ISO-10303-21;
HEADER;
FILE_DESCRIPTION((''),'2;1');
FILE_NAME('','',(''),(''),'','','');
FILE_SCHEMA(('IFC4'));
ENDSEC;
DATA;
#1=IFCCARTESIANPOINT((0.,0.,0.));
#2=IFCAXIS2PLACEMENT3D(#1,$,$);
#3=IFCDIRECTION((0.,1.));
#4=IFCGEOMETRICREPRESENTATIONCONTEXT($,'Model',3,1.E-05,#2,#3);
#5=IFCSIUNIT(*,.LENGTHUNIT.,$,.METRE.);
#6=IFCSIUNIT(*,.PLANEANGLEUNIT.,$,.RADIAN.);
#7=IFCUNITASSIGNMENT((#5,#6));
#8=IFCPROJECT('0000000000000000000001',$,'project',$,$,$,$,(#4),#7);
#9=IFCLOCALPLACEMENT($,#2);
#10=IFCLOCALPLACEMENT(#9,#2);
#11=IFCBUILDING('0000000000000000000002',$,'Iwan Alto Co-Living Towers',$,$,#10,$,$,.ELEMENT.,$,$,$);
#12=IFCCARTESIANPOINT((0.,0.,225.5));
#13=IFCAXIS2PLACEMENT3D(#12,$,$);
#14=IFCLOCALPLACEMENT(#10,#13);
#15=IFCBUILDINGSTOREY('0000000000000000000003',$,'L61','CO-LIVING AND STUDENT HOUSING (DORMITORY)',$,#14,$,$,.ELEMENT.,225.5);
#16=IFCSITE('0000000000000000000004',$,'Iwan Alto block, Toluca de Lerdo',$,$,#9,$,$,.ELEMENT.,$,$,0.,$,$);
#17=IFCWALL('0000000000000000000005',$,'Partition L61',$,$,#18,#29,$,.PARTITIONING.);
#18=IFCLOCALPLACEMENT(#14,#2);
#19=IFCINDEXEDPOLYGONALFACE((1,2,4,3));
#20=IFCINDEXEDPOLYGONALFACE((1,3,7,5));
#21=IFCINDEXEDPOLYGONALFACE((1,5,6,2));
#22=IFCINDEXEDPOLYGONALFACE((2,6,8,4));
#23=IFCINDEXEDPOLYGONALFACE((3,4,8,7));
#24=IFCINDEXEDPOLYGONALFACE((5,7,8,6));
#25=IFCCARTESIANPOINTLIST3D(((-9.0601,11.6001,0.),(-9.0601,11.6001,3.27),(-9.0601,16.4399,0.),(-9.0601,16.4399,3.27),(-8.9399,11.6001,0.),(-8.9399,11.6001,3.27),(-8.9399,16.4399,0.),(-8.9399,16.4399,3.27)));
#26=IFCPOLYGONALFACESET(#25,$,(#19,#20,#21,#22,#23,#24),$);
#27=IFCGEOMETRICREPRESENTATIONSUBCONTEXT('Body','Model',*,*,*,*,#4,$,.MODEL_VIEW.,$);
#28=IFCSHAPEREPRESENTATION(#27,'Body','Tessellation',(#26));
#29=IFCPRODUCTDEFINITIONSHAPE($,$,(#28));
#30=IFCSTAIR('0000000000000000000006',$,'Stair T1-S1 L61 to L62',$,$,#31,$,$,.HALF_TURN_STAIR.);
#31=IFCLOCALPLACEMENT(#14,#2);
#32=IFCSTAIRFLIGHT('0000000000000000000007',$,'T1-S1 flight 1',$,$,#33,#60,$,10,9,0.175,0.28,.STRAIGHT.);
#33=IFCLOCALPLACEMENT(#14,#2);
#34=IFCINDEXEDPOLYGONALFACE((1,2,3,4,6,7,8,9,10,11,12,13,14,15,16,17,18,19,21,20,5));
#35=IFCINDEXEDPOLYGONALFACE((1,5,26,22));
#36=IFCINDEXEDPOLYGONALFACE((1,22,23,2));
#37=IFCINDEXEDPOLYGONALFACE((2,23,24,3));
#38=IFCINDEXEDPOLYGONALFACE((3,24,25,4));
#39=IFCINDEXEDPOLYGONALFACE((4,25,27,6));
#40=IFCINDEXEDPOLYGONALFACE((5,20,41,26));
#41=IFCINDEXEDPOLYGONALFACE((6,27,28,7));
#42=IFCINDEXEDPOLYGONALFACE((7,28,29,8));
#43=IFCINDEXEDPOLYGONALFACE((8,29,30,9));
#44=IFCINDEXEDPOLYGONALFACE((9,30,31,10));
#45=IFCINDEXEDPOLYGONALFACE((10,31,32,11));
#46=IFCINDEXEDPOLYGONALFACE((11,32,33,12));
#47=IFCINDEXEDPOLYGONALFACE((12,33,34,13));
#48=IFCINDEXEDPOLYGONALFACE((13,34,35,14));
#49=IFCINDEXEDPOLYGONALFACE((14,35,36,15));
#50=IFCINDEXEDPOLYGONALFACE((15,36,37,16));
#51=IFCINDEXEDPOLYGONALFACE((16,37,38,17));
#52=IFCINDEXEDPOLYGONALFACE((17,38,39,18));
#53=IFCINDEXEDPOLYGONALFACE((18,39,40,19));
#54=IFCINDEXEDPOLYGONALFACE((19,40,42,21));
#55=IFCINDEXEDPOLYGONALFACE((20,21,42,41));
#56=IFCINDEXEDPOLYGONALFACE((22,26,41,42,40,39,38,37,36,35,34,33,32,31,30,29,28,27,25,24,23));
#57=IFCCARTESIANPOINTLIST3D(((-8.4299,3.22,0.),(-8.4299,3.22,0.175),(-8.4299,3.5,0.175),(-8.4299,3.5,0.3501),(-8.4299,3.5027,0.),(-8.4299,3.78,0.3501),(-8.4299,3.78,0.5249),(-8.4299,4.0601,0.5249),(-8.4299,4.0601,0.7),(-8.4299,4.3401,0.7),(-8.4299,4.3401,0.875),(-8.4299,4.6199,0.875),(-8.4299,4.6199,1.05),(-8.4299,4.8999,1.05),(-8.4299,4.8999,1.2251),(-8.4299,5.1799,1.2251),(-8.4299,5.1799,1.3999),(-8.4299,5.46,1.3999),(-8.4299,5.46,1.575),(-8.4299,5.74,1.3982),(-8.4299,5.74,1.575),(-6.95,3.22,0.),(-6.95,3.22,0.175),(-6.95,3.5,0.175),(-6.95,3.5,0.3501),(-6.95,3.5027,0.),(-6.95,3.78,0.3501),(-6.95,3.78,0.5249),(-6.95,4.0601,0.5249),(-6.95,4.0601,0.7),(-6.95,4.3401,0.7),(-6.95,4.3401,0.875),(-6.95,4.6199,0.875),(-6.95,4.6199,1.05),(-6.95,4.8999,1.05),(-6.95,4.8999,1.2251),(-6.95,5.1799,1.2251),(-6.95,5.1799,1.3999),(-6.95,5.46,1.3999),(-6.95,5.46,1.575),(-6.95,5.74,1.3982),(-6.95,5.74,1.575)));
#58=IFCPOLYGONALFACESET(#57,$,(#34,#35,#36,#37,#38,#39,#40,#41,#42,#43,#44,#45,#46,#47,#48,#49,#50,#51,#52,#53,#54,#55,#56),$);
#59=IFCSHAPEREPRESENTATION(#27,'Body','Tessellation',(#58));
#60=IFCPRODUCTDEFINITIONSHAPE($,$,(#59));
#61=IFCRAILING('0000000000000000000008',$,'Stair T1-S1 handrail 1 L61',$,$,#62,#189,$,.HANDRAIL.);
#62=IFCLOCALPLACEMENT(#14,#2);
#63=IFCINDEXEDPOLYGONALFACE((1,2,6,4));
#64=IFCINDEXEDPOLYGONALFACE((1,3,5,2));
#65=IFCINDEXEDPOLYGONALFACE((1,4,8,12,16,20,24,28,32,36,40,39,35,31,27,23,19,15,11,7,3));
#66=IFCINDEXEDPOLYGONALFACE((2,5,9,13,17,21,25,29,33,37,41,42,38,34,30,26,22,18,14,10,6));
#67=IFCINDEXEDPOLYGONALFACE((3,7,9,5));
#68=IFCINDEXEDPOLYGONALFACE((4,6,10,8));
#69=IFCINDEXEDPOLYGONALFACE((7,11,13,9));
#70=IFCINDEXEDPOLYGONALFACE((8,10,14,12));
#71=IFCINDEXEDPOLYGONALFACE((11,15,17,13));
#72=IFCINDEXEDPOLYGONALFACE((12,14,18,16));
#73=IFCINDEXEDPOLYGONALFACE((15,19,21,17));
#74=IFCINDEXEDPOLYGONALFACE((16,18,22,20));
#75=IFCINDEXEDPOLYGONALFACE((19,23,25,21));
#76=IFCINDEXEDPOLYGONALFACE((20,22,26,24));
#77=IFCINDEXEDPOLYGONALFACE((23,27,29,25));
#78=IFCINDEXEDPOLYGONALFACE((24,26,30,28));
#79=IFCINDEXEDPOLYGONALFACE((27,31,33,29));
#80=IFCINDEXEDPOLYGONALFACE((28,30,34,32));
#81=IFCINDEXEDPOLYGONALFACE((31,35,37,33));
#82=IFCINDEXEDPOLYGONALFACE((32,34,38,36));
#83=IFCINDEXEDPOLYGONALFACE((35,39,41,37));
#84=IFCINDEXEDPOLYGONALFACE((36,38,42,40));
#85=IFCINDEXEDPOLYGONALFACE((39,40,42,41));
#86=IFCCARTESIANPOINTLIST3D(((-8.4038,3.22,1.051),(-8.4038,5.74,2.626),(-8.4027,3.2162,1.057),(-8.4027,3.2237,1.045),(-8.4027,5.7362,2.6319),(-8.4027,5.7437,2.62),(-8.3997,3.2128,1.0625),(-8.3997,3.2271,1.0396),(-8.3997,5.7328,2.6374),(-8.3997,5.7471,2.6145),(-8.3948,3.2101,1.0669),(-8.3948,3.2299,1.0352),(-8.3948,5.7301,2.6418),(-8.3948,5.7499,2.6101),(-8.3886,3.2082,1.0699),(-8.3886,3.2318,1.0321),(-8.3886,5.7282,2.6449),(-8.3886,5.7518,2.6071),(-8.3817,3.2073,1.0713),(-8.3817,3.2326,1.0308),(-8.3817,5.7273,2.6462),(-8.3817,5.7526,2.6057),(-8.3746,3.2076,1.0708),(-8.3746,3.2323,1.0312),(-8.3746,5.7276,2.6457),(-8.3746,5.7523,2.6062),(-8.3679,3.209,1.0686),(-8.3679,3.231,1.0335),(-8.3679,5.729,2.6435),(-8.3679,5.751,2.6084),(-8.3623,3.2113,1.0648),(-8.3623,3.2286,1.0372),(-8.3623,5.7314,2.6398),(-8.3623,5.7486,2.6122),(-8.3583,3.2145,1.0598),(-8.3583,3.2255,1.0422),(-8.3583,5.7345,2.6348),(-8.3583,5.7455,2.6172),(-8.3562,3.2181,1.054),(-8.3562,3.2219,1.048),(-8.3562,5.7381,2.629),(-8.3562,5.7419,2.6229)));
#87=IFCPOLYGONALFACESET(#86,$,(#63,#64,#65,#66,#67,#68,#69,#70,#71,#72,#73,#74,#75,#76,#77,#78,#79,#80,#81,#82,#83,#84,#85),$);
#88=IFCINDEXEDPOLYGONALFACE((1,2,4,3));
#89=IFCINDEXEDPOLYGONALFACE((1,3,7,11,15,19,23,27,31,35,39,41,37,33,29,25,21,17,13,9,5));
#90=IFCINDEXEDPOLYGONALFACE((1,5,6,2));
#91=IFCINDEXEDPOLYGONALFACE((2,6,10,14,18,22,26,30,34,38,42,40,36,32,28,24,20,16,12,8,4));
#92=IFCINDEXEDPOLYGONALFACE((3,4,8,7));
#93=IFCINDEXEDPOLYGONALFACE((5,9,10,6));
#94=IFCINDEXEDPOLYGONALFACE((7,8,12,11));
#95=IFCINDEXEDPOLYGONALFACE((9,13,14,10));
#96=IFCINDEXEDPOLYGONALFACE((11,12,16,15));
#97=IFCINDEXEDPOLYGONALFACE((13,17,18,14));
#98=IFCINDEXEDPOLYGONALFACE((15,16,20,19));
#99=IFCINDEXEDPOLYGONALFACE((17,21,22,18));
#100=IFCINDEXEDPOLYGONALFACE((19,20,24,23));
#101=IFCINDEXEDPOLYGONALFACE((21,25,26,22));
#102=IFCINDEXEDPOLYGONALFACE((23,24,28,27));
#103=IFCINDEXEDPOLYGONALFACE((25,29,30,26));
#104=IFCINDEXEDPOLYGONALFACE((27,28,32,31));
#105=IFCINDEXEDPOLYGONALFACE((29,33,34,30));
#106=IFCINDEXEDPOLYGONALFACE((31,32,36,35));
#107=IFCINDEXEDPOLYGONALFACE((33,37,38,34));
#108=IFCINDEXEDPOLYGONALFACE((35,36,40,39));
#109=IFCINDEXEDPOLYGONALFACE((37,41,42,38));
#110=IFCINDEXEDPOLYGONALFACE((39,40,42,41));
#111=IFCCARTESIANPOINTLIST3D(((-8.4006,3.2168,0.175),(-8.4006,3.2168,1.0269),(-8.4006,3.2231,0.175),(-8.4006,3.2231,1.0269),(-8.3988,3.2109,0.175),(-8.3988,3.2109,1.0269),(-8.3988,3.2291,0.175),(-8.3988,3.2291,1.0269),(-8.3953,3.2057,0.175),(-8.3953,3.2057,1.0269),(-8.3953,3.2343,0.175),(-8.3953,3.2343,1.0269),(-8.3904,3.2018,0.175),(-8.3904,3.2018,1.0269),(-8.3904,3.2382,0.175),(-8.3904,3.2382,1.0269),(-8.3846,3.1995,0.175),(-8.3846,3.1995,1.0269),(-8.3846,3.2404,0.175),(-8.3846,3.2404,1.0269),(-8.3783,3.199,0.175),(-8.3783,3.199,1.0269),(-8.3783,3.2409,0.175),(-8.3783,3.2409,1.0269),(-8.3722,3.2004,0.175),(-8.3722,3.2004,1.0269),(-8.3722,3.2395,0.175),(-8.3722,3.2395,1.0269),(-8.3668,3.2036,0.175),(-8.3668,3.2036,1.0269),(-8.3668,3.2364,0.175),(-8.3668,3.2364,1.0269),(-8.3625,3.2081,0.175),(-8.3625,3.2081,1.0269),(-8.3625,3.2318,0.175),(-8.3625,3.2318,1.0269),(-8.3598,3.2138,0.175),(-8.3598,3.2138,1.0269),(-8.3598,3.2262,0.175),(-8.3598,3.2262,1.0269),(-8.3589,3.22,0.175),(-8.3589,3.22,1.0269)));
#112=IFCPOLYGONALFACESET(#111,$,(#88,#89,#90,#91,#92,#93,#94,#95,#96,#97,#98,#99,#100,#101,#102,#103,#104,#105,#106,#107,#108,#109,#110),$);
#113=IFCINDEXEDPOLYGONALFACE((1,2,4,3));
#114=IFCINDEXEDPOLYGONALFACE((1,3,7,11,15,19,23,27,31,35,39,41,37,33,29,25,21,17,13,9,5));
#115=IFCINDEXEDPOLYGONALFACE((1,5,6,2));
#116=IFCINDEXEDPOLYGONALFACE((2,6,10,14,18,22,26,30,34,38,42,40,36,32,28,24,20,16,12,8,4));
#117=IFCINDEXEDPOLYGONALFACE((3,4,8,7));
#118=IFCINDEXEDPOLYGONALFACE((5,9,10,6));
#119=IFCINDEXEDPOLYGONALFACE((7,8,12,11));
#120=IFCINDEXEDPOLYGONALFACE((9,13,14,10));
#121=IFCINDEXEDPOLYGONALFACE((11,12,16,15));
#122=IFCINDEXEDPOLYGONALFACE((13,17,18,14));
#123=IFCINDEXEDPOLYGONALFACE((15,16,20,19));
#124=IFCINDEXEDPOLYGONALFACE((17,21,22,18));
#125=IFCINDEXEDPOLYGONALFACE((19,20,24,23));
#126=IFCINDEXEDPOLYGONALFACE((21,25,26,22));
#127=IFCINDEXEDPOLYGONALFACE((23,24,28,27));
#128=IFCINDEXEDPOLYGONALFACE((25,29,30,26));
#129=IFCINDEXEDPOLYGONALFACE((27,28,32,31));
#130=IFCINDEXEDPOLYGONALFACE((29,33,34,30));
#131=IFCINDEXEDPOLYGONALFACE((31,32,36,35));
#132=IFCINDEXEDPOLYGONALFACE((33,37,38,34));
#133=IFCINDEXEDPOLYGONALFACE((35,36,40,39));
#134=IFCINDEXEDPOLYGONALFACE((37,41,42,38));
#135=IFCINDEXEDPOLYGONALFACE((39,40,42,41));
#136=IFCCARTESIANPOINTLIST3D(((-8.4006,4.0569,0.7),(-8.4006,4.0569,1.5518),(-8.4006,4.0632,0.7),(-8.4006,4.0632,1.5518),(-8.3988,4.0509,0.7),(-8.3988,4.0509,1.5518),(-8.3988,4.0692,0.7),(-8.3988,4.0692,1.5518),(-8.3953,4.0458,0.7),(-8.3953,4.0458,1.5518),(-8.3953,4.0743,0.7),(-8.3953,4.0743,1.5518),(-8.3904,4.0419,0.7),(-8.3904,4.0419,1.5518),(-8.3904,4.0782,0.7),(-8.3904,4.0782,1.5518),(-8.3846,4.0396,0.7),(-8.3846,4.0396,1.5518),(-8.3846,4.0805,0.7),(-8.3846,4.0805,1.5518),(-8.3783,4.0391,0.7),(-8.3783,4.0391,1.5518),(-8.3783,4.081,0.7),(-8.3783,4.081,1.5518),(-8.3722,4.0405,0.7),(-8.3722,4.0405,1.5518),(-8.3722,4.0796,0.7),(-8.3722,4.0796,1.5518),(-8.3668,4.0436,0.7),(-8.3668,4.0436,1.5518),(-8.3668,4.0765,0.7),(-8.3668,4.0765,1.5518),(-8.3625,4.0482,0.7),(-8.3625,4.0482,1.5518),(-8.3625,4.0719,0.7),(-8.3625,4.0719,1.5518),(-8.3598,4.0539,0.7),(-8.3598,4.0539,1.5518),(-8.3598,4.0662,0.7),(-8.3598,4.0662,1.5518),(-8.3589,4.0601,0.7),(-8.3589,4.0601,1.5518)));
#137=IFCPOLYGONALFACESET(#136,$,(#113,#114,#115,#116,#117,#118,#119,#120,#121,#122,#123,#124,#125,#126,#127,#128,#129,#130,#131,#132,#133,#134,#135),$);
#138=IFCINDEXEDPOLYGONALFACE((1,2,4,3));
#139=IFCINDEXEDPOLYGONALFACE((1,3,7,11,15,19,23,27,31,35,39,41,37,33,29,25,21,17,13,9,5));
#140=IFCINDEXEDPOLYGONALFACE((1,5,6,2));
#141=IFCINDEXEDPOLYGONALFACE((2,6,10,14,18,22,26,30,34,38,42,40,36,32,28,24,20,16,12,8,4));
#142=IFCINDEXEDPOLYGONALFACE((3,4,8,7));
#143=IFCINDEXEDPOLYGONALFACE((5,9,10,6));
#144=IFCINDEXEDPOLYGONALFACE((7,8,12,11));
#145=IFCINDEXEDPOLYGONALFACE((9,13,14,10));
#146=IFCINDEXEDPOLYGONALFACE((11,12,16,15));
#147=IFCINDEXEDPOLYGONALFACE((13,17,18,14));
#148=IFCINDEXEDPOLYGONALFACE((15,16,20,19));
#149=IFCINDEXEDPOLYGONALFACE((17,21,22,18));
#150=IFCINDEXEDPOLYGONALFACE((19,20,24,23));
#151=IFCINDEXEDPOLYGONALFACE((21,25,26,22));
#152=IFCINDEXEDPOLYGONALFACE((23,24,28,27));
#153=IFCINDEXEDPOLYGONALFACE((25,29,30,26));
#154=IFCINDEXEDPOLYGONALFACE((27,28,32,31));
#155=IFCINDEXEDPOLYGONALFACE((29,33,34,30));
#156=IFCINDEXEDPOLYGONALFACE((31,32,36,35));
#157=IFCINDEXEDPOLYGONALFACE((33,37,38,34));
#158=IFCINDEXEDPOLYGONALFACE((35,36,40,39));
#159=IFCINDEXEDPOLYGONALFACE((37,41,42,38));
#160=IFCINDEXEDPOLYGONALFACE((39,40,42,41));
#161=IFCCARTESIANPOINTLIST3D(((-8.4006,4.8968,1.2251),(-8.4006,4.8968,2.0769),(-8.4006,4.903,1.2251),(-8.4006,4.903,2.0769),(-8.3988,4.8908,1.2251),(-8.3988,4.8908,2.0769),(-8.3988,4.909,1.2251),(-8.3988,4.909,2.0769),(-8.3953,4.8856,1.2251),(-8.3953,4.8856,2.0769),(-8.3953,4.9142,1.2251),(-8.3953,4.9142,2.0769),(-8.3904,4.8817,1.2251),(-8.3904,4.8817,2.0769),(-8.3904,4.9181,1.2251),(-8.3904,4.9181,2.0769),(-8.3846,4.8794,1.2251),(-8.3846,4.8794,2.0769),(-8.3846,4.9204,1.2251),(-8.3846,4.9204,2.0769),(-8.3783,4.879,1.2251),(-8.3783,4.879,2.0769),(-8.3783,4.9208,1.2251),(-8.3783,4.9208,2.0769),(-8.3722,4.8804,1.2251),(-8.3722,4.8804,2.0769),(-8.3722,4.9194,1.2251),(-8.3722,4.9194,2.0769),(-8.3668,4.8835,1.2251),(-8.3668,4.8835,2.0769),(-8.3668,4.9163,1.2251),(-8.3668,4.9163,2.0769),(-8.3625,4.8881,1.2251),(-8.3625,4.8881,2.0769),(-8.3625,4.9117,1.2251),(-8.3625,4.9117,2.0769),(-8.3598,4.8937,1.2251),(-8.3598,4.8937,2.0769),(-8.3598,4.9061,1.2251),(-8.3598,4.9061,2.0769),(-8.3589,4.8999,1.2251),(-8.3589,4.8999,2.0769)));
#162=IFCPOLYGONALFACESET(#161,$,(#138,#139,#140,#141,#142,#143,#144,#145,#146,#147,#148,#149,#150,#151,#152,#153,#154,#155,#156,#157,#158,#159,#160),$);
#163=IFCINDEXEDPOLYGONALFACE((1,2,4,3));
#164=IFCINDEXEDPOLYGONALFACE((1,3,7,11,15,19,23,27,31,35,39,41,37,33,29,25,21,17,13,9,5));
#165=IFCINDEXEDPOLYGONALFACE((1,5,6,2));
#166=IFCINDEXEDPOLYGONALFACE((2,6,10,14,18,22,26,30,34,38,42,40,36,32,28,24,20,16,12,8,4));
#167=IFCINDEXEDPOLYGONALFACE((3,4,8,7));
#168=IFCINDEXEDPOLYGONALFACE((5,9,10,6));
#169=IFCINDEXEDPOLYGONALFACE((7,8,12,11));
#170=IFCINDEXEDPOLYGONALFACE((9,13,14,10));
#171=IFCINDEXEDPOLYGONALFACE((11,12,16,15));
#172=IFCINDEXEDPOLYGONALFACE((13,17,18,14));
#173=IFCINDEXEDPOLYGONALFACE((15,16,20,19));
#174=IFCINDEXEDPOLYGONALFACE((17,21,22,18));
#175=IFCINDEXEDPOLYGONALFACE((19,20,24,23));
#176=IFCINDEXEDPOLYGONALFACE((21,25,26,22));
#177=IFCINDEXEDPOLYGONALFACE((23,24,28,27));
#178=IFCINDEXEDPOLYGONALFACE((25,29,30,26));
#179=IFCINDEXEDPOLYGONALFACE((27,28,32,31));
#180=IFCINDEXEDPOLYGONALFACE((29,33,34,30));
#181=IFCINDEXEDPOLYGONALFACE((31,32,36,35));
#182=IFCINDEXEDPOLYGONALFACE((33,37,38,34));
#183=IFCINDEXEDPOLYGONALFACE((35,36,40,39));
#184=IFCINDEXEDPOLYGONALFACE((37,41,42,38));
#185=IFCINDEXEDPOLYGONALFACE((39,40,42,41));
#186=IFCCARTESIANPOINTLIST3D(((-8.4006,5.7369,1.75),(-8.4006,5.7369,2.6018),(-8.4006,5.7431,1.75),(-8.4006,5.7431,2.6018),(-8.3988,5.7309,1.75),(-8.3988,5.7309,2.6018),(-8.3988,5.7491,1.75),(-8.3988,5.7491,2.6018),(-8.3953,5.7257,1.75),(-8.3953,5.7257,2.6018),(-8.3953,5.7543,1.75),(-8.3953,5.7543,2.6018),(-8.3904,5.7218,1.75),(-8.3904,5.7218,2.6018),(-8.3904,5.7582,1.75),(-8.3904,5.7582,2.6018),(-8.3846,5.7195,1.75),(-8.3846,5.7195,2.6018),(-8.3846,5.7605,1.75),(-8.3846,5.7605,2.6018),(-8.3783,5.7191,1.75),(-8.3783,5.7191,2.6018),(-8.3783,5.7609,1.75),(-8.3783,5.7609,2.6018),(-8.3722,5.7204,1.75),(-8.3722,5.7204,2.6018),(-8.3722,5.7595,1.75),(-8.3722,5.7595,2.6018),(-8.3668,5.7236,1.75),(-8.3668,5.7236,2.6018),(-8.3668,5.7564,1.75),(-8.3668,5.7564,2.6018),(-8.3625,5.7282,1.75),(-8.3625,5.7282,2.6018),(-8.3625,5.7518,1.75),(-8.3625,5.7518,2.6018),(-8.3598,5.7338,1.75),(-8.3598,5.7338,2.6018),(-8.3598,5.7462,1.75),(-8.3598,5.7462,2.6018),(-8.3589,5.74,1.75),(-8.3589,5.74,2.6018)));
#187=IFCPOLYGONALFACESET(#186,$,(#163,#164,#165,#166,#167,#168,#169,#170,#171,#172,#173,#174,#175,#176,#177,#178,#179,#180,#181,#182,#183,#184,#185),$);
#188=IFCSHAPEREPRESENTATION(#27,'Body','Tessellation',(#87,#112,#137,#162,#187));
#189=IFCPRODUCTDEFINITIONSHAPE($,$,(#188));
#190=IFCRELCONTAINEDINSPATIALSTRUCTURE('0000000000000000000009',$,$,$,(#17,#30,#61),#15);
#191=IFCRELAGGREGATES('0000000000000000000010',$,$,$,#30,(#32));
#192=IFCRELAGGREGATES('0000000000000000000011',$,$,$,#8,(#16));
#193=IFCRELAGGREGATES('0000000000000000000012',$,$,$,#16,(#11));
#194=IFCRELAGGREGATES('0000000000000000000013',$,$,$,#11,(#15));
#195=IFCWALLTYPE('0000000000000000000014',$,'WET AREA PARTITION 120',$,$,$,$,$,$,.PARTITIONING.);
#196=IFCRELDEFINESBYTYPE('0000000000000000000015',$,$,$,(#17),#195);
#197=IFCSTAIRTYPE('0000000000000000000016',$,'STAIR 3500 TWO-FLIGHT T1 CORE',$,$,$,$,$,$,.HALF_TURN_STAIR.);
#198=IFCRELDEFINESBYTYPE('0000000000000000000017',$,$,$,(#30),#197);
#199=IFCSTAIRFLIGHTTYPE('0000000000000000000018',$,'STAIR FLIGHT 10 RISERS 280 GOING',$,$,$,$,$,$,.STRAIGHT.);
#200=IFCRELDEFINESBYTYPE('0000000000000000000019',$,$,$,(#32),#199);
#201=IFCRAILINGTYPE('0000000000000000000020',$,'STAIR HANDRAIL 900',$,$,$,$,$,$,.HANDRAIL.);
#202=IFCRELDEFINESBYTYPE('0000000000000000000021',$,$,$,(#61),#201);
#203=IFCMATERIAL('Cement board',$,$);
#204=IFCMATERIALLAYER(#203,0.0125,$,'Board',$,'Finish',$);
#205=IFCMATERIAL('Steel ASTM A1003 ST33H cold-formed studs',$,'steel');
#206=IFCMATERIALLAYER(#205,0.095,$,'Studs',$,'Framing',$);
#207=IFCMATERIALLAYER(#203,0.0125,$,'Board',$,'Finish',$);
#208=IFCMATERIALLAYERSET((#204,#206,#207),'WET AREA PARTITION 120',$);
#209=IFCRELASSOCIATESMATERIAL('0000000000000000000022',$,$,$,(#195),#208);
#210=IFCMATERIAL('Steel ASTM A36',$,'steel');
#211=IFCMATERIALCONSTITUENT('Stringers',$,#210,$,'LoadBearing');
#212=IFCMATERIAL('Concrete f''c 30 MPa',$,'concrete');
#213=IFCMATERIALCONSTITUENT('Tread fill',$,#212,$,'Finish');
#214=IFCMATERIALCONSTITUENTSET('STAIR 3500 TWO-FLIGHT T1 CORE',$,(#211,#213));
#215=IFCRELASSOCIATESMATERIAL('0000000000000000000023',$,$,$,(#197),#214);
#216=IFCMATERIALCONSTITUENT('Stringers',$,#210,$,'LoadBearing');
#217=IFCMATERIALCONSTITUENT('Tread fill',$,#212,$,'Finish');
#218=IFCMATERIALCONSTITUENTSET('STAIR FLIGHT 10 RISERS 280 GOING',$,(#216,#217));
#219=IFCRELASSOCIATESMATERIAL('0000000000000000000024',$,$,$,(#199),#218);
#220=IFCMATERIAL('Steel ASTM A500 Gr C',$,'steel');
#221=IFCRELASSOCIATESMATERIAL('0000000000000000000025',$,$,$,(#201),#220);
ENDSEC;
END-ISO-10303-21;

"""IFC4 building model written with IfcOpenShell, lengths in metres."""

from ifc_helpers import new_model, si_unit, direction, frame, frame_2d, origin, origin_2d, place, context, subcontext, project, spatial, polyline, rectangle, circle, outline, extrude, material, layer, layer_set, constituent, constituent_set, type_object, element, aggregate, save


model = new_model("IFC4")

# Units and contexts
model_context = context("Model", 3, precision=1e-05, world=origin(), true_north=direction((0.0, 1.0)))
body_context = subcontext(model_context, "Body", "Model", "MODEL_VIEW")
ifc_project = project(units=[si_unit("LENGTHUNIT", "METRE"), si_unit("PLANEANGLEUNIT", "RADIAN")], contexts=[model_context])

# Site, building, storey
site_placement = place(None, origin())
site = spatial("IfcSite", under=ifc_project, at=site_placement, Name="Iwan Alto block, Toluca de Lerdo", CompositionType="ELEMENT", RefElevation=0.0)
building_placement = place(site_placement, origin())
building = spatial("IfcBuilding", under=site, at=building_placement, Name="Iwan Alto Co-Living Towers", CompositionType="ELEMENT")
storey_placement = place(building_placement, frame((0.0, 0.0, 225.5)))
storey = spatial("IfcBuildingStorey", under=building, at=storey_placement, Name="L61", Description="CO-LIVING AND STUDENT HOUSING (DORMITORY)", CompositionType="ELEMENT", Elevation=225.5)

# Shared definitions
ifc_material_1 = material(Name="Steel ASTM A1003 ST33H cold-formed studs", Category="steel")

# Wall
ifc_material_2 = material(Name="Cement board")
ifc_layer_1 = layer(ifc_material_2, 0.0125, Name="Board", Category="Finish")
ifc_layer_2 = layer(ifc_material_1, 0.095, Name="Studs", Category="Framing")
ifc_layer_3 = layer(ifc_material_2, 0.0125, Name="Board", Category="Finish")
ifc_layer_set_1 = layer_set([ifc_layer_1, ifc_layer_2, ifc_layer_3], Name="WET AREA PARTITION 120")
wall_type_1 = type_object("IfcWallType", Name="WET AREA PARTITION 120", PredefinedType="PARTITIONING", material=ifc_layer_set_1)
wall_1_placement = place(storey_placement, frame((-9.0, 11.6001, 0.0), z_axis=(0.0, 0.0, 1.0), x_axis=(0.0, 1.0, 0.0)))
element("IfcWall", 1, at=wall_1_placement, inside=storey, type_object=wall_type_1, Name="Partition L61", PredefinedType="PARTITIONING", context=body_context, shape_type="SweptSolid", body=[
    extrude(rectangle(XDim=4.8398, YDim=0.1201, at=frame_2d((2.4199, 0.0))), origin(), (0.0, 0.0, 1.0), 3.27),
])

# Stair, stair flight
ifc_material_3 = material(Name="Steel ASTM A36", Category="steel")
ifc_constituent_1 = constituent(ifc_material_3, Name="Stringers", Category="LoadBearing")
ifc_material_4 = material(Name="Concrete f'c 30 MPa", Category="concrete")
ifc_constituent_2 = constituent(ifc_material_4, Name="Tread fill", Category="Finish")
ifc_constituent_set_1 = constituent_set(constituents=[ifc_constituent_1, ifc_constituent_2], Name="STAIR 3500 TWO-FLIGHT T1 CORE")
stair_type = type_object("IfcStairType", Name="STAIR 3500 TWO-FLIGHT T1 CORE", PredefinedType="HALF_TURN_STAIR", material=ifc_constituent_set_1)
stair_placement = place(storey_placement, origin())
stair = element("IfcStair", 2, at=stair_placement, inside=storey, type_object=stair_type, Name="Stair T1-S1 L61 to L62", PredefinedType="HALF_TURN_STAIR")
ifc_constituent_3 = constituent(ifc_material_3, Name="Stringers", Category="LoadBearing")
ifc_constituent_4 = constituent(ifc_material_4, Name="Tread fill", Category="Finish")
ifc_constituent_set_2 = constituent_set(constituents=[ifc_constituent_3, ifc_constituent_4], Name="STAIR FLIGHT 10 RISERS 280 GOING")
stair_flight_type = type_object("IfcStairFlightType", Name="STAIR FLIGHT 10 RISERS 280 GOING", PredefinedType="STRAIGHT", material=ifc_constituent_set_2)
stair_flight_placement = place(storey_placement, frame((-7.6899, 3.22, 0.0), z_axis=(0.0, 0.0, 1.0), x_axis=(0.0, 1.0, 0.0)))
stair_flight = element("IfcStairFlight", 3, at=stair_flight_placement, type_object=stair_flight_type, Name="T1-S1 flight 1", NumberOfRisers=10, NumberOfTreads=9, PredefinedType="STRAIGHT", RiserHeight=0.175, TreadLength=0.28, context=body_context, shape_type="SweptSolid", body=[
    extrude(outline(polyline([(0.0, 0.0), (0.0, 0.175), (0.28, 0.175), (0.28, 0.3501), (0.5601, 0.3501), (0.5601, 0.5249), (0.8401, 0.5249), (0.8401, 0.7), (1.1201, 0.7), (1.1201, 0.875), (1.3999, 0.875), (1.3999, 1.05), (1.6799, 1.05), (1.6799, 1.2251), (1.96, 1.2251), (1.96, 1.3999), (2.24, 1.3999), (2.24, 1.575), (2.52, 1.575), (2.52, 1.75), (2.52, 1.3982), (0.2827, 0.0), (0.0, 0.0)])), frame((0.0, 0.74, 0.0), z_axis=(0.0, -1.0, 0.0), x_axis=(1.0, 0.0, 0.0)), (0.0, 0.0, 1.0), 1.48),
])
aggregate(stair, [stair_flight])

# Railing
ifc_material_5 = material(Name="Steel ASTM A500 Gr C", Category="steel")
railing_type_1 = type_object("IfcRailingType", Name="STAIR HANDRAIL 900", PredefinedType="HANDRAIL", material=ifc_material_5)
railing_1_placement = place(storey_placement, frame((-8.3799, 3.22, 0.175)))
element("IfcRailing", 4, at=railing_1_placement, inside=storey, type_object=railing_type_1, Name="Stair T1-S1 handrail 1 L61", PredefinedType="HANDRAIL", context=body_context, shape_type="SweptSolid", body=[
    extrude(circle(Radius=0.0239, at=origin_2d()), frame((0.0, 0.0, 0.876), z_axis=(0.0, 0.848008, 0.529984), x_axis=(-1.0, 0.0, 0.0)), (0.0, 0.0, 1.0), 2.9717),
    extrude(circle(Radius=0.021, at=origin_2d()), origin(), (0.0, 0.0, 1.0), 0.8518),
    extrude(circle(Radius=0.021, at=origin_2d()), frame((0.0, 0.8401, 0.5249)), (0.0, 0.0, 1.0), 0.8518),
    extrude(circle(Radius=0.021, at=origin_2d()), frame((0.0, 1.6799, 1.05)), (0.0, 0.0, 1.0), 0.8518),
    extrude(circle(Radius=0.021, at=origin_2d()), frame((0.0, 2.52, 1.575)), (0.0, 0.0, 1.0), 0.8518),
])

save(model, "model.ifc")
